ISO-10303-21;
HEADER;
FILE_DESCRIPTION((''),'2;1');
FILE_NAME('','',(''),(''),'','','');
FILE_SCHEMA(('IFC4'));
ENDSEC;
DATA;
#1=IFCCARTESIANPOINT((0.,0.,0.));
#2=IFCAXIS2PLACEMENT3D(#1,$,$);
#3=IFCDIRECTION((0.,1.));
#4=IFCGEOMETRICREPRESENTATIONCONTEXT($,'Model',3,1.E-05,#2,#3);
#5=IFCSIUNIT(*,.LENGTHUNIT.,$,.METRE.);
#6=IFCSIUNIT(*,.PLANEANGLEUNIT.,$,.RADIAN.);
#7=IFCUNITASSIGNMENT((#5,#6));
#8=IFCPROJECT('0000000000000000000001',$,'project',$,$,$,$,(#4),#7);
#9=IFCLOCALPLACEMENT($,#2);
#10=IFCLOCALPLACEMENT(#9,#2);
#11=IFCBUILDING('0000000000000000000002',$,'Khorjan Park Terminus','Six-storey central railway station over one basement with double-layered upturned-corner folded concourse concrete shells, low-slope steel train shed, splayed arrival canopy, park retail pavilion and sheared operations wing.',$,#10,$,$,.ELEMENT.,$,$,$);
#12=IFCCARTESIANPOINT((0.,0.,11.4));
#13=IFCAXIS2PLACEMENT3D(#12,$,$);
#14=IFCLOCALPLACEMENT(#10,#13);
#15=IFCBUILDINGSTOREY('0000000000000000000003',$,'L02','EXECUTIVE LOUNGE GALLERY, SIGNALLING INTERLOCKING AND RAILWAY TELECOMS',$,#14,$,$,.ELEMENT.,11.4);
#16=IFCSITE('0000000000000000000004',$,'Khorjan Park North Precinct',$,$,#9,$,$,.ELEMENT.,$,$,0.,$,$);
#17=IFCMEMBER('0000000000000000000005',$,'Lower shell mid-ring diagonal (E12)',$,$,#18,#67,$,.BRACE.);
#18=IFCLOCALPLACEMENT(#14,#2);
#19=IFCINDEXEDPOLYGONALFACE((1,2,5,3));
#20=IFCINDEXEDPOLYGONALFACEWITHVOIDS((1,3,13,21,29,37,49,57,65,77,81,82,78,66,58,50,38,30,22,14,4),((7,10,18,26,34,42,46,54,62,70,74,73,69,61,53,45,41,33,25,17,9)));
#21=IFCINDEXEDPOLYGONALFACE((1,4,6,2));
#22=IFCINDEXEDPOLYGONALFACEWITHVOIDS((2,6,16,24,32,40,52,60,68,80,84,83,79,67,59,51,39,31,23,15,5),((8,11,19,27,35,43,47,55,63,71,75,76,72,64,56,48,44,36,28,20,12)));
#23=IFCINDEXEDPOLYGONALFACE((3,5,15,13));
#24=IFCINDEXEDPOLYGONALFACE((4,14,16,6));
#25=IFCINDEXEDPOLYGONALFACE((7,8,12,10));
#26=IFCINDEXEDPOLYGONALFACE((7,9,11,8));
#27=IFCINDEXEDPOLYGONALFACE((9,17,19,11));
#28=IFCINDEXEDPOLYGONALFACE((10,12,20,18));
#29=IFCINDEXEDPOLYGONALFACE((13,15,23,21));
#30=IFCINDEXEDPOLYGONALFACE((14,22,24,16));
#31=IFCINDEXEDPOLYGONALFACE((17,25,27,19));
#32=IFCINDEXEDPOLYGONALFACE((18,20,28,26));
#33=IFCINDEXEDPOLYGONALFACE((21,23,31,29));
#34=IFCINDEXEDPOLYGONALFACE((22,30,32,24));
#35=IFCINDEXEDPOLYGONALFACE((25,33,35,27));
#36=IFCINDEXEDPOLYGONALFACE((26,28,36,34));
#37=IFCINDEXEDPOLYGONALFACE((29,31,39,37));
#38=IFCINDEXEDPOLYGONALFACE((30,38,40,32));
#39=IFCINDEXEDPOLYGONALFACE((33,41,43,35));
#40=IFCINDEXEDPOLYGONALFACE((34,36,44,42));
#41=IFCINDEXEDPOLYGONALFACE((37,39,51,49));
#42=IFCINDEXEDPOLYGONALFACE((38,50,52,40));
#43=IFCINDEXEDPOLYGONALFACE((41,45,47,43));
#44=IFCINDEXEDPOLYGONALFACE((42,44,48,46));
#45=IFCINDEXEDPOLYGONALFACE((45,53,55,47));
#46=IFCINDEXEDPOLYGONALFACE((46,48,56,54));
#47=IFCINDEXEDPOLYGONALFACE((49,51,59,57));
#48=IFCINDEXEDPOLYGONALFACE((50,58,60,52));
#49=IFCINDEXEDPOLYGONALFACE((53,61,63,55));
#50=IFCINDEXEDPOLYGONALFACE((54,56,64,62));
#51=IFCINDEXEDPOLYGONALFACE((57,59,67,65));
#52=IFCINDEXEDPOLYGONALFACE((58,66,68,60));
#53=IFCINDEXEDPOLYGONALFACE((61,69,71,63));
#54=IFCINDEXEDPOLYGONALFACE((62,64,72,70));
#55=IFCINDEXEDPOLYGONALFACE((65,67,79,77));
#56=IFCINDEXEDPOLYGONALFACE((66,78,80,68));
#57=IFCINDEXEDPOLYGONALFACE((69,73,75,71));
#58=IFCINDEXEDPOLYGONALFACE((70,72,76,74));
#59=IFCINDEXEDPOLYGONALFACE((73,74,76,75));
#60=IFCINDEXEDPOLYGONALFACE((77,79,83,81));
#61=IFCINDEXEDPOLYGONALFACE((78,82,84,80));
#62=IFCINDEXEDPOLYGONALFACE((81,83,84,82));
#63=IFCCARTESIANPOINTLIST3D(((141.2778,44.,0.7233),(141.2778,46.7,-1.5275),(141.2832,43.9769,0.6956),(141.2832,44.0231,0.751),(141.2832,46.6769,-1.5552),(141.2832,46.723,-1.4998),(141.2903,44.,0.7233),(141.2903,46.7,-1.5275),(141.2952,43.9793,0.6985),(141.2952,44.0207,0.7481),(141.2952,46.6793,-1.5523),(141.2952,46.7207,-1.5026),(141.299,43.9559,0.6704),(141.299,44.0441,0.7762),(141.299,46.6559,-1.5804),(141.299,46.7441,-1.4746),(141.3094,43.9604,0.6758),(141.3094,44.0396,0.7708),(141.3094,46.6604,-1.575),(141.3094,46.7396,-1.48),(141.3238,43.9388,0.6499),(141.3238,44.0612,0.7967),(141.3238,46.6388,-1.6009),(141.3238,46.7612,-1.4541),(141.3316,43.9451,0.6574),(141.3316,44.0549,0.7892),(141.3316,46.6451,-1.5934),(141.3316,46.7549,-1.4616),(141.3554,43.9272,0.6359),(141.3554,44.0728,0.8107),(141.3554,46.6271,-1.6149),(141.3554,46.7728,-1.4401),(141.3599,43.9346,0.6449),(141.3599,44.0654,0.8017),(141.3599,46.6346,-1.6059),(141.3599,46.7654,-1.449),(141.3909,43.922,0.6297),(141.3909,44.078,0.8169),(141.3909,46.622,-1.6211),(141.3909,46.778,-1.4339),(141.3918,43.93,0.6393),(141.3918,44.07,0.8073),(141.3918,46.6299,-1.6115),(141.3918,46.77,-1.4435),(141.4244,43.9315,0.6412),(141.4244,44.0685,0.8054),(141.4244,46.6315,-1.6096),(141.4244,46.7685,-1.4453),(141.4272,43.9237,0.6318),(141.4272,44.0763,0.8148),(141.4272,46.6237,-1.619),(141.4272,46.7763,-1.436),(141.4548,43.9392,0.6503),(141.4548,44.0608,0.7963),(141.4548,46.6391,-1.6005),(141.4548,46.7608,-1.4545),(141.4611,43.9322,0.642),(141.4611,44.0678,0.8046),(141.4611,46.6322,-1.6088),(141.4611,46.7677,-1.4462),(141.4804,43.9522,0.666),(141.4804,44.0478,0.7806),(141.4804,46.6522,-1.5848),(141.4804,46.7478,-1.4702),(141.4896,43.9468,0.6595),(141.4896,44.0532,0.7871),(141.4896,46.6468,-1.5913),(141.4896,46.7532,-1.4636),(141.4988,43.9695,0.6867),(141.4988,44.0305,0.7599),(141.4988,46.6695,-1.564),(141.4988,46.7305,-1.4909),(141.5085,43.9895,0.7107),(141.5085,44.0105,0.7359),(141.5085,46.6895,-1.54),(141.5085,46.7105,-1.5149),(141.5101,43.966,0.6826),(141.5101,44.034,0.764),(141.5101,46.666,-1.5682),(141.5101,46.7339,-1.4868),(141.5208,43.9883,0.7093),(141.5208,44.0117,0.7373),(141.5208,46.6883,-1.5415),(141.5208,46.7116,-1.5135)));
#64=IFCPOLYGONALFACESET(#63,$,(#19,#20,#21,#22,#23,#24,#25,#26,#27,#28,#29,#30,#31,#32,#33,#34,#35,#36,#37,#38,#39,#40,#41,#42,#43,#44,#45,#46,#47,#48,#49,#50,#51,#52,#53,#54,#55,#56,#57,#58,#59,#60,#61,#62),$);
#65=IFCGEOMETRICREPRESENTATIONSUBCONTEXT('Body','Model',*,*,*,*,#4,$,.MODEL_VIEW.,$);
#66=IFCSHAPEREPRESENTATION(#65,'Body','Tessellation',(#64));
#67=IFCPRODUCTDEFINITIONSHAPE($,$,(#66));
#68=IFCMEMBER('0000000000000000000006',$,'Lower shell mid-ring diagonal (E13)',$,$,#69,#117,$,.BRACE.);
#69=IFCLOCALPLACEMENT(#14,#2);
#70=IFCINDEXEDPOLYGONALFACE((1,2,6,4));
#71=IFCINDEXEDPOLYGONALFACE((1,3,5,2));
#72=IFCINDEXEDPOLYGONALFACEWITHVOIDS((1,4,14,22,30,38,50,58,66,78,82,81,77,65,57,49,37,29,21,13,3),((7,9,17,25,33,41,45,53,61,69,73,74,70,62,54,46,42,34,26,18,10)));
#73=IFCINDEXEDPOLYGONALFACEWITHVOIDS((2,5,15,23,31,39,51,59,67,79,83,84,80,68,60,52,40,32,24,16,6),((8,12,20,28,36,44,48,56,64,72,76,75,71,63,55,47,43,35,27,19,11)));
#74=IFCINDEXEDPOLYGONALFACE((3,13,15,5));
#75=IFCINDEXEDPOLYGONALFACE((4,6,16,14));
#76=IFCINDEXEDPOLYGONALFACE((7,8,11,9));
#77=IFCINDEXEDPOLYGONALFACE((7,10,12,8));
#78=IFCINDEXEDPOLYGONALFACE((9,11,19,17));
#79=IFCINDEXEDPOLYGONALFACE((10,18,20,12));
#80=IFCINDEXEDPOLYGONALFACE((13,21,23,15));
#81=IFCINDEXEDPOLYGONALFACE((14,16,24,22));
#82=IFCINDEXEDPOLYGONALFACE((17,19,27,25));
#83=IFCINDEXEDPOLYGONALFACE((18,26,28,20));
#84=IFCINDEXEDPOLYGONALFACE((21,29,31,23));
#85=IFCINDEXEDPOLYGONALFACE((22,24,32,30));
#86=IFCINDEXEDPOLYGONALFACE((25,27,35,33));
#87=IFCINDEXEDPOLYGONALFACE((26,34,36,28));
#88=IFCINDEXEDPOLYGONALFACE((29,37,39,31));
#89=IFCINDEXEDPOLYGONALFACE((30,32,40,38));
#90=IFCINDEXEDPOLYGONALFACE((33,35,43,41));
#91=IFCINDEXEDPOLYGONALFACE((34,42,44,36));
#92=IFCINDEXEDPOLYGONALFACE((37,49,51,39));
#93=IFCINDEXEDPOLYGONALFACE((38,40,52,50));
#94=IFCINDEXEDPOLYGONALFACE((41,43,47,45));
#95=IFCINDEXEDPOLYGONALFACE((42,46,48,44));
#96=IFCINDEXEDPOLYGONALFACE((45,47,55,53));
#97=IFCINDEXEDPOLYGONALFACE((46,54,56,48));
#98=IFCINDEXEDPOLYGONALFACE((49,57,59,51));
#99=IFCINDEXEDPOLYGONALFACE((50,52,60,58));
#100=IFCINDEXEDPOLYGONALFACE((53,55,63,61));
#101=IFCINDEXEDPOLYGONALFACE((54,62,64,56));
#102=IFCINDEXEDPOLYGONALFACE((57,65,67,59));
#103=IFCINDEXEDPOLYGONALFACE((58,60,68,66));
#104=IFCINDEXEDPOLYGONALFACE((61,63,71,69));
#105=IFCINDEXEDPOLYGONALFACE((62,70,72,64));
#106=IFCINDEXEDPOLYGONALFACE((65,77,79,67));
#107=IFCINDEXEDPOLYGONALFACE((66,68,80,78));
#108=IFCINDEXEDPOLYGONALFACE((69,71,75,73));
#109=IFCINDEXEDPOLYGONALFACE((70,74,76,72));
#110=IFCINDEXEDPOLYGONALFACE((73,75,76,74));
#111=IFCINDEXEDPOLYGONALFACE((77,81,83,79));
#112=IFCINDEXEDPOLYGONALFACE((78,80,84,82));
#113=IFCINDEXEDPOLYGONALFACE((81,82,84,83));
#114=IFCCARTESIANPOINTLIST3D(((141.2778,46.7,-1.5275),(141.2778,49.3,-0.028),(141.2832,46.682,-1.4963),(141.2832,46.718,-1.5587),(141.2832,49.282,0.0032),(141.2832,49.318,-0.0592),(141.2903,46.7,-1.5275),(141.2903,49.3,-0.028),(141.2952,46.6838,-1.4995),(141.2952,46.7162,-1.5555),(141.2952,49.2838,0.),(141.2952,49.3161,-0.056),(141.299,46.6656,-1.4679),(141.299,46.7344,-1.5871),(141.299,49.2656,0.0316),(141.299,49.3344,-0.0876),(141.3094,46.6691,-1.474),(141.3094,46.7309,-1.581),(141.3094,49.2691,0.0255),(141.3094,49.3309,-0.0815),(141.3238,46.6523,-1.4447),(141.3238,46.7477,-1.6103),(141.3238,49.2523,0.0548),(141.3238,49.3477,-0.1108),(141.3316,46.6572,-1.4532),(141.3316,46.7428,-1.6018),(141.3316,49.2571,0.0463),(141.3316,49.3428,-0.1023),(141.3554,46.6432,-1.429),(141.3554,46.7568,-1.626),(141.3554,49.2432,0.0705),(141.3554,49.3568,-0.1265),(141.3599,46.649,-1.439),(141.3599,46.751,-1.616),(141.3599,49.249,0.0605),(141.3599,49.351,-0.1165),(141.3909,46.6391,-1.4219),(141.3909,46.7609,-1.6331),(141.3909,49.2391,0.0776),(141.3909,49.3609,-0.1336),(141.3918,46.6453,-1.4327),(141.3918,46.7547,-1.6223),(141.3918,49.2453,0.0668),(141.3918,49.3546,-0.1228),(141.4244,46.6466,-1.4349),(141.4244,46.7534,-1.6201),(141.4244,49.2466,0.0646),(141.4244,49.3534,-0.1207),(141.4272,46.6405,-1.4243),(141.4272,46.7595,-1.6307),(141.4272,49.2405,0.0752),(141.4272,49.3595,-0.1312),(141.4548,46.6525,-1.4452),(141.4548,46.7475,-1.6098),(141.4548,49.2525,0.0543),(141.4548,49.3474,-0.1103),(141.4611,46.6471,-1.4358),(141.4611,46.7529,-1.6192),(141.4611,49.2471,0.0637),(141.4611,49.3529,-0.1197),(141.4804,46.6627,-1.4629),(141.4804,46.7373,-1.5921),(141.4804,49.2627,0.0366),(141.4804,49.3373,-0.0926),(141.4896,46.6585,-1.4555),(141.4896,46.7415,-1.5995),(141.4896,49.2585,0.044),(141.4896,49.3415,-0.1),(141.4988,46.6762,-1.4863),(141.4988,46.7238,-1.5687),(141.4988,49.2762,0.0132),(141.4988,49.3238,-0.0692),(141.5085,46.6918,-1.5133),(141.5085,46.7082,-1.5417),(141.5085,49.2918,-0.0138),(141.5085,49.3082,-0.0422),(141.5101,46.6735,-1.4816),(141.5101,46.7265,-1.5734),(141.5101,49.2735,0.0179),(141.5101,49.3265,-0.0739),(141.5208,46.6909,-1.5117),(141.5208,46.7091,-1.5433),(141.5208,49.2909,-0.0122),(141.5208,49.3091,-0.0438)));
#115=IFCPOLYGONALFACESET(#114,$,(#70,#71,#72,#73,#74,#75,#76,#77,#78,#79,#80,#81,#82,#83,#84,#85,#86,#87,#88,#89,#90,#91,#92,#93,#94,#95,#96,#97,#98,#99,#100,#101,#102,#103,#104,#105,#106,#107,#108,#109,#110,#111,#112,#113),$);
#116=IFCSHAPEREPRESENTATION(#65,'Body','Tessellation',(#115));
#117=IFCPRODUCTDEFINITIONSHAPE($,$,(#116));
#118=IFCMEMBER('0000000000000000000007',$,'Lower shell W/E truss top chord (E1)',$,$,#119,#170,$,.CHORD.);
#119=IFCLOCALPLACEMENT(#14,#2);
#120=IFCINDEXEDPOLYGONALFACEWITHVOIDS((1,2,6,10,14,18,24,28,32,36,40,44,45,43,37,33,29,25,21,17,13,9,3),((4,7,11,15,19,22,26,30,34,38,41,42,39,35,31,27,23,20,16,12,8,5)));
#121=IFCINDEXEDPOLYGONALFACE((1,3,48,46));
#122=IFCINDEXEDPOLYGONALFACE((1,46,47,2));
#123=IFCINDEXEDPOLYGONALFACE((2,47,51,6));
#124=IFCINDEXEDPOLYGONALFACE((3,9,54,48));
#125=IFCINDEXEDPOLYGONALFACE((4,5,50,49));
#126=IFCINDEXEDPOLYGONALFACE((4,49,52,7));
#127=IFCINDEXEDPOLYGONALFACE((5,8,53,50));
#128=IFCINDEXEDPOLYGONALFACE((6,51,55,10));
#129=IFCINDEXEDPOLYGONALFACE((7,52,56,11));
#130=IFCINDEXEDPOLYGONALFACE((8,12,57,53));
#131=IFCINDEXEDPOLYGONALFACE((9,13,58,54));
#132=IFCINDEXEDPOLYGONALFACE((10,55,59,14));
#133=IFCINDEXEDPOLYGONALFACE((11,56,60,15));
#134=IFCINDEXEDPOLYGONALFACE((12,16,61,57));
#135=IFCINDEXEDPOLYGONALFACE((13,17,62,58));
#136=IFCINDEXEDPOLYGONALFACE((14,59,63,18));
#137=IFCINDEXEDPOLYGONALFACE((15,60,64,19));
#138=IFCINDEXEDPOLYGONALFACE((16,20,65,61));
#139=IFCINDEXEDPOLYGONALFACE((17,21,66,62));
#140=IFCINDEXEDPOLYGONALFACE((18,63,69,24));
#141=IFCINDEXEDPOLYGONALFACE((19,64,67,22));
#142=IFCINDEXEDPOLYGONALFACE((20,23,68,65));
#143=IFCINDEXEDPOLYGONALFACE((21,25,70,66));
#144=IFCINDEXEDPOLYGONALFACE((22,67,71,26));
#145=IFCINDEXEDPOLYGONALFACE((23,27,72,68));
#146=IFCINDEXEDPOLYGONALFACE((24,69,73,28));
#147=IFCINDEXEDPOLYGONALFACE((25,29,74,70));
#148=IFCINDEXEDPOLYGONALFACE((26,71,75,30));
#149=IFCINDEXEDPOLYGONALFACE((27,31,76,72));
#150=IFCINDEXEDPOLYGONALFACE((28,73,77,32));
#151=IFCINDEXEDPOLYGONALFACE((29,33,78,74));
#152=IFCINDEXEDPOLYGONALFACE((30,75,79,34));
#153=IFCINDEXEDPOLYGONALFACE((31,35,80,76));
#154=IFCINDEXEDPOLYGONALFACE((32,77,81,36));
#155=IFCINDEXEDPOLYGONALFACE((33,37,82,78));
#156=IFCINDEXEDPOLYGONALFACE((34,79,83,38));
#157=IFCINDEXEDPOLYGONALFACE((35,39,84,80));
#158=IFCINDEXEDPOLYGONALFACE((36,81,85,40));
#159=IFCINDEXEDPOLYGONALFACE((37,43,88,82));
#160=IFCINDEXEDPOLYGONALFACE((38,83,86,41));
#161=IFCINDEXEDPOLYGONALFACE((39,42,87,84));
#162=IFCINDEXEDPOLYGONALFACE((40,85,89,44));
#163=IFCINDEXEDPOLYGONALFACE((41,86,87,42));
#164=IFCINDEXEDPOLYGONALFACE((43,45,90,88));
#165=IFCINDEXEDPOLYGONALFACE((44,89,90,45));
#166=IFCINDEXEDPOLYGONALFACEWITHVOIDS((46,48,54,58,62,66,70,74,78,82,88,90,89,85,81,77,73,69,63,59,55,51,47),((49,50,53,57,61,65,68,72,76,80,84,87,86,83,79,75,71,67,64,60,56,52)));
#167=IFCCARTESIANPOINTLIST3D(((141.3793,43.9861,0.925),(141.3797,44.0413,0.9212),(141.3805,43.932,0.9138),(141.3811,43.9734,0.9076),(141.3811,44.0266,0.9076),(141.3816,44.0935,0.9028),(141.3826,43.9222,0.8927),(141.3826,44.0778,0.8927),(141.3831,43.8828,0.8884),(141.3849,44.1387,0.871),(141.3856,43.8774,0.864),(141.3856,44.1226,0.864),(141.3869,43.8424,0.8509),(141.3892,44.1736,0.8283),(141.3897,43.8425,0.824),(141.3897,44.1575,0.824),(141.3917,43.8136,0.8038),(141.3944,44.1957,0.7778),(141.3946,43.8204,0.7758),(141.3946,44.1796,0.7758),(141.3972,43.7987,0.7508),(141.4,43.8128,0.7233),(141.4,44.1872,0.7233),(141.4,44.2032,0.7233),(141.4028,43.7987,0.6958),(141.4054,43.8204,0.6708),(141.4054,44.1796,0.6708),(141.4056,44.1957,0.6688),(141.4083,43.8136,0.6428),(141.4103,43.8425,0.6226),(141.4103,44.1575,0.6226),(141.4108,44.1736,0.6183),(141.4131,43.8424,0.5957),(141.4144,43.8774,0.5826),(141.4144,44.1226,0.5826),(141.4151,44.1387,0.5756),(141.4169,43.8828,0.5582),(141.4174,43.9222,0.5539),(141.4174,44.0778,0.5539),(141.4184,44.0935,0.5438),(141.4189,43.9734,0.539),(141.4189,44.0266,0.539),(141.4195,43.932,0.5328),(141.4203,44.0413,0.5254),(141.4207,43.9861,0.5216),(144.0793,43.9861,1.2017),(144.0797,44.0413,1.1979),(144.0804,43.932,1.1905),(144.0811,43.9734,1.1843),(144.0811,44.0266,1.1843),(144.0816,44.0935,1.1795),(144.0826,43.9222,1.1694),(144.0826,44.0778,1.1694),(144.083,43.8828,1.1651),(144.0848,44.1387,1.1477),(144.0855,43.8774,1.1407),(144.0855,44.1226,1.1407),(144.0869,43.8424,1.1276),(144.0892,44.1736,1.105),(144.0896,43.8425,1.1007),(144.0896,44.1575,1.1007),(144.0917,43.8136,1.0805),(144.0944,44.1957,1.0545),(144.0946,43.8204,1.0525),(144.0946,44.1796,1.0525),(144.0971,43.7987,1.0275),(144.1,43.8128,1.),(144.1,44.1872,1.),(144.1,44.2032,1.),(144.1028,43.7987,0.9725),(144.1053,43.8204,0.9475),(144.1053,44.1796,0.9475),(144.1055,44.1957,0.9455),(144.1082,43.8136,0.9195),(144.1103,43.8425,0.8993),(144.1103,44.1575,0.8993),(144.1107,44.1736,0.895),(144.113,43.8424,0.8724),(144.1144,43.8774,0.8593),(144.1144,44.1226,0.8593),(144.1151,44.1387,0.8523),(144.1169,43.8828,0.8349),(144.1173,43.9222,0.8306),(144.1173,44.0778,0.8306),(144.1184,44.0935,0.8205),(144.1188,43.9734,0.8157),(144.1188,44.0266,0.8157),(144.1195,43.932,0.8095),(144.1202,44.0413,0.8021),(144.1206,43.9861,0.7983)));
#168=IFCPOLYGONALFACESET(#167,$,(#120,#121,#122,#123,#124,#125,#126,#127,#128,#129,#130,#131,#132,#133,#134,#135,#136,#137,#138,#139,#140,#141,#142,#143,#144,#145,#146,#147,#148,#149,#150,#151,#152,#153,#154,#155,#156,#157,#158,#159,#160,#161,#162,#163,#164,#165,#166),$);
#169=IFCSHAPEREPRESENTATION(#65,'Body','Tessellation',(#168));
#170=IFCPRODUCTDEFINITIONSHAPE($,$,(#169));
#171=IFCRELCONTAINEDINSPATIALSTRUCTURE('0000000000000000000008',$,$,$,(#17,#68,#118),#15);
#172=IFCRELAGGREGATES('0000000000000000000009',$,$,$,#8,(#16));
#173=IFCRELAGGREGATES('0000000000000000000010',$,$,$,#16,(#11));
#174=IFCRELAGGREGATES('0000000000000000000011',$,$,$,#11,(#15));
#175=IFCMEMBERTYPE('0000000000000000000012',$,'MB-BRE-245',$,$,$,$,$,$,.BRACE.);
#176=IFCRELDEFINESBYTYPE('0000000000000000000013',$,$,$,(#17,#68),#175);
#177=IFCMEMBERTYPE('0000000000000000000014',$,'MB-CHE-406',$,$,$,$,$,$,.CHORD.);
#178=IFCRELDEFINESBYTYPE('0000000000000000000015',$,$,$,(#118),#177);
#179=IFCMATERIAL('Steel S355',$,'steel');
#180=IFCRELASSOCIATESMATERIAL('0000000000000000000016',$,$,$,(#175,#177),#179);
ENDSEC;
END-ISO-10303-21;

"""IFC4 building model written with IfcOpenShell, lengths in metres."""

from ifc_helpers import new_model, si_unit, direction, frame, origin, origin_2d, place, context, subcontext, project, spatial, hollow_circle, extrude, material, material_profile, profile_set, type_object, element, save


model = new_model("IFC4")

# Units and contexts
model_context = context("Model", 3, precision=1e-05, world=origin(), true_north=direction((0.0, 1.0)))
body_context = subcontext(model_context, "Body", "Model", "MODEL_VIEW")
ifc_project = project(units=[si_unit("LENGTHUNIT", "METRE"), si_unit("PLANEANGLEUNIT", "RADIAN")], contexts=[model_context])

# Site, building, storey
site_placement = place(None, origin())
site = spatial("IfcSite", under=ifc_project, at=site_placement, Name="Khorjan Park North Precinct", CompositionType="ELEMENT", RefElevation=0.0)
building_placement = place(site_placement, origin())
building = spatial("IfcBuilding", under=site, at=building_placement, Name="Khorjan Park Terminus", Description="Six-storey central railway station over one basement with double-layered upturned-corner folded concourse concrete shells, low-slope steel train shed, splayed arrival canopy, park retail pavilion and sheared operations wing.", CompositionType="ELEMENT")
storey_placement = place(building_placement, frame((0.0, 0.0, 11.4)))
storey = spatial("IfcBuildingStorey", under=building, at=storey_placement, Name="L02", Description="EXECUTIVE LOUNGE GALLERY, SIGNALLING INTERLOCKING AND RAILWAY TELECOMS", CompositionType="ELEMENT", Elevation=11.4)

# Shared definitions
ifc_material_1 = material(Name="Steel S355", Category="steel")

# Members
ifc_material_profile_1 = material_profile(ifc_material_1, hollow_circle(Radius=0.1222, WallThickness=0.0125, at=origin_2d()), Name="CHS 244.5x12.5")
ifc_profile_set_1 = profile_set([ifc_material_profile_1], Name="Steel S355")
member_type_1 = type_object("IfcMemberType", Name="MB-BRE-245", PredefinedType="BRACE", material=ifc_profile_set_1)
member_1_placement = place(storey_placement, frame((141.4, 44.0, 0.7233), z_axis=(0.0, 0.768109, -0.640319), x_axis=(-1.0, 0.0, 0.0)))
element("IfcMember", 1, at=member_1_placement, inside=storey, type_object=member_type_1, Name="Lower shell mid-ring diagonal (E12)", PredefinedType="BRACE", context=body_context, shape_type="SweptSolid", body=[
    extrude(hollow_circle(Radius=0.1222, WallThickness=0.0125, at=origin_2d()), origin(), (0.0, 0.0, 1.0), 3.5151),
])
member_2_placement = place(storey_placement, frame((141.4, 46.7, -1.5275), z_axis=(0.0, 0.866258, 0.499597), x_axis=(-1.0, 0.0, 0.0)))
element("IfcMember", 2, at=member_2_placement, inside=storey, type_object=member_type_1, Name="Lower shell mid-ring diagonal (E13)", PredefinedType="BRACE", context=body_context, shape_type="SweptSolid", body=[
    extrude(hollow_circle(Radius=0.1222, WallThickness=0.0125, at=origin_2d()), origin(), (0.0, 0.0, 1.0), 3.0014),
])
ifc_material_profile_2 = material_profile(ifc_material_1, hollow_circle(Radius=0.2032, WallThickness=0.016, at=origin_2d()), Name="CHS 406.4x16")
ifc_profile_set_2 = profile_set([ifc_material_profile_2], Name="Steel S355")
member_type_2 = type_object("IfcMemberType", Name="MB-CHE-406", PredefinedType="CHORD", material=ifc_profile_set_2)
for number, where, z_axis, x_axis, name in (
    (3, (141.4, 44.0, 0.7233), (0.99479, 0.0, 0.101948), (0.0, 1.0, 0.0), "Lower shell W/E truss top chord (E1)"),
):
    element("IfcMember", number, at=place(storey_placement, frame(where, z_axis=z_axis, x_axis=x_axis)), inside=storey, type_object=member_type_2, Name=name, PredefinedType="CHORD", context=body_context, shape_type="SweptSolid", body=[
        extrude(hollow_circle(Radius=0.2032, WallThickness=0.016, at=origin_2d()), origin(), (0.0, 0.0, 1.0), 2.7141),
    ])

save(model, "model.ifc")
